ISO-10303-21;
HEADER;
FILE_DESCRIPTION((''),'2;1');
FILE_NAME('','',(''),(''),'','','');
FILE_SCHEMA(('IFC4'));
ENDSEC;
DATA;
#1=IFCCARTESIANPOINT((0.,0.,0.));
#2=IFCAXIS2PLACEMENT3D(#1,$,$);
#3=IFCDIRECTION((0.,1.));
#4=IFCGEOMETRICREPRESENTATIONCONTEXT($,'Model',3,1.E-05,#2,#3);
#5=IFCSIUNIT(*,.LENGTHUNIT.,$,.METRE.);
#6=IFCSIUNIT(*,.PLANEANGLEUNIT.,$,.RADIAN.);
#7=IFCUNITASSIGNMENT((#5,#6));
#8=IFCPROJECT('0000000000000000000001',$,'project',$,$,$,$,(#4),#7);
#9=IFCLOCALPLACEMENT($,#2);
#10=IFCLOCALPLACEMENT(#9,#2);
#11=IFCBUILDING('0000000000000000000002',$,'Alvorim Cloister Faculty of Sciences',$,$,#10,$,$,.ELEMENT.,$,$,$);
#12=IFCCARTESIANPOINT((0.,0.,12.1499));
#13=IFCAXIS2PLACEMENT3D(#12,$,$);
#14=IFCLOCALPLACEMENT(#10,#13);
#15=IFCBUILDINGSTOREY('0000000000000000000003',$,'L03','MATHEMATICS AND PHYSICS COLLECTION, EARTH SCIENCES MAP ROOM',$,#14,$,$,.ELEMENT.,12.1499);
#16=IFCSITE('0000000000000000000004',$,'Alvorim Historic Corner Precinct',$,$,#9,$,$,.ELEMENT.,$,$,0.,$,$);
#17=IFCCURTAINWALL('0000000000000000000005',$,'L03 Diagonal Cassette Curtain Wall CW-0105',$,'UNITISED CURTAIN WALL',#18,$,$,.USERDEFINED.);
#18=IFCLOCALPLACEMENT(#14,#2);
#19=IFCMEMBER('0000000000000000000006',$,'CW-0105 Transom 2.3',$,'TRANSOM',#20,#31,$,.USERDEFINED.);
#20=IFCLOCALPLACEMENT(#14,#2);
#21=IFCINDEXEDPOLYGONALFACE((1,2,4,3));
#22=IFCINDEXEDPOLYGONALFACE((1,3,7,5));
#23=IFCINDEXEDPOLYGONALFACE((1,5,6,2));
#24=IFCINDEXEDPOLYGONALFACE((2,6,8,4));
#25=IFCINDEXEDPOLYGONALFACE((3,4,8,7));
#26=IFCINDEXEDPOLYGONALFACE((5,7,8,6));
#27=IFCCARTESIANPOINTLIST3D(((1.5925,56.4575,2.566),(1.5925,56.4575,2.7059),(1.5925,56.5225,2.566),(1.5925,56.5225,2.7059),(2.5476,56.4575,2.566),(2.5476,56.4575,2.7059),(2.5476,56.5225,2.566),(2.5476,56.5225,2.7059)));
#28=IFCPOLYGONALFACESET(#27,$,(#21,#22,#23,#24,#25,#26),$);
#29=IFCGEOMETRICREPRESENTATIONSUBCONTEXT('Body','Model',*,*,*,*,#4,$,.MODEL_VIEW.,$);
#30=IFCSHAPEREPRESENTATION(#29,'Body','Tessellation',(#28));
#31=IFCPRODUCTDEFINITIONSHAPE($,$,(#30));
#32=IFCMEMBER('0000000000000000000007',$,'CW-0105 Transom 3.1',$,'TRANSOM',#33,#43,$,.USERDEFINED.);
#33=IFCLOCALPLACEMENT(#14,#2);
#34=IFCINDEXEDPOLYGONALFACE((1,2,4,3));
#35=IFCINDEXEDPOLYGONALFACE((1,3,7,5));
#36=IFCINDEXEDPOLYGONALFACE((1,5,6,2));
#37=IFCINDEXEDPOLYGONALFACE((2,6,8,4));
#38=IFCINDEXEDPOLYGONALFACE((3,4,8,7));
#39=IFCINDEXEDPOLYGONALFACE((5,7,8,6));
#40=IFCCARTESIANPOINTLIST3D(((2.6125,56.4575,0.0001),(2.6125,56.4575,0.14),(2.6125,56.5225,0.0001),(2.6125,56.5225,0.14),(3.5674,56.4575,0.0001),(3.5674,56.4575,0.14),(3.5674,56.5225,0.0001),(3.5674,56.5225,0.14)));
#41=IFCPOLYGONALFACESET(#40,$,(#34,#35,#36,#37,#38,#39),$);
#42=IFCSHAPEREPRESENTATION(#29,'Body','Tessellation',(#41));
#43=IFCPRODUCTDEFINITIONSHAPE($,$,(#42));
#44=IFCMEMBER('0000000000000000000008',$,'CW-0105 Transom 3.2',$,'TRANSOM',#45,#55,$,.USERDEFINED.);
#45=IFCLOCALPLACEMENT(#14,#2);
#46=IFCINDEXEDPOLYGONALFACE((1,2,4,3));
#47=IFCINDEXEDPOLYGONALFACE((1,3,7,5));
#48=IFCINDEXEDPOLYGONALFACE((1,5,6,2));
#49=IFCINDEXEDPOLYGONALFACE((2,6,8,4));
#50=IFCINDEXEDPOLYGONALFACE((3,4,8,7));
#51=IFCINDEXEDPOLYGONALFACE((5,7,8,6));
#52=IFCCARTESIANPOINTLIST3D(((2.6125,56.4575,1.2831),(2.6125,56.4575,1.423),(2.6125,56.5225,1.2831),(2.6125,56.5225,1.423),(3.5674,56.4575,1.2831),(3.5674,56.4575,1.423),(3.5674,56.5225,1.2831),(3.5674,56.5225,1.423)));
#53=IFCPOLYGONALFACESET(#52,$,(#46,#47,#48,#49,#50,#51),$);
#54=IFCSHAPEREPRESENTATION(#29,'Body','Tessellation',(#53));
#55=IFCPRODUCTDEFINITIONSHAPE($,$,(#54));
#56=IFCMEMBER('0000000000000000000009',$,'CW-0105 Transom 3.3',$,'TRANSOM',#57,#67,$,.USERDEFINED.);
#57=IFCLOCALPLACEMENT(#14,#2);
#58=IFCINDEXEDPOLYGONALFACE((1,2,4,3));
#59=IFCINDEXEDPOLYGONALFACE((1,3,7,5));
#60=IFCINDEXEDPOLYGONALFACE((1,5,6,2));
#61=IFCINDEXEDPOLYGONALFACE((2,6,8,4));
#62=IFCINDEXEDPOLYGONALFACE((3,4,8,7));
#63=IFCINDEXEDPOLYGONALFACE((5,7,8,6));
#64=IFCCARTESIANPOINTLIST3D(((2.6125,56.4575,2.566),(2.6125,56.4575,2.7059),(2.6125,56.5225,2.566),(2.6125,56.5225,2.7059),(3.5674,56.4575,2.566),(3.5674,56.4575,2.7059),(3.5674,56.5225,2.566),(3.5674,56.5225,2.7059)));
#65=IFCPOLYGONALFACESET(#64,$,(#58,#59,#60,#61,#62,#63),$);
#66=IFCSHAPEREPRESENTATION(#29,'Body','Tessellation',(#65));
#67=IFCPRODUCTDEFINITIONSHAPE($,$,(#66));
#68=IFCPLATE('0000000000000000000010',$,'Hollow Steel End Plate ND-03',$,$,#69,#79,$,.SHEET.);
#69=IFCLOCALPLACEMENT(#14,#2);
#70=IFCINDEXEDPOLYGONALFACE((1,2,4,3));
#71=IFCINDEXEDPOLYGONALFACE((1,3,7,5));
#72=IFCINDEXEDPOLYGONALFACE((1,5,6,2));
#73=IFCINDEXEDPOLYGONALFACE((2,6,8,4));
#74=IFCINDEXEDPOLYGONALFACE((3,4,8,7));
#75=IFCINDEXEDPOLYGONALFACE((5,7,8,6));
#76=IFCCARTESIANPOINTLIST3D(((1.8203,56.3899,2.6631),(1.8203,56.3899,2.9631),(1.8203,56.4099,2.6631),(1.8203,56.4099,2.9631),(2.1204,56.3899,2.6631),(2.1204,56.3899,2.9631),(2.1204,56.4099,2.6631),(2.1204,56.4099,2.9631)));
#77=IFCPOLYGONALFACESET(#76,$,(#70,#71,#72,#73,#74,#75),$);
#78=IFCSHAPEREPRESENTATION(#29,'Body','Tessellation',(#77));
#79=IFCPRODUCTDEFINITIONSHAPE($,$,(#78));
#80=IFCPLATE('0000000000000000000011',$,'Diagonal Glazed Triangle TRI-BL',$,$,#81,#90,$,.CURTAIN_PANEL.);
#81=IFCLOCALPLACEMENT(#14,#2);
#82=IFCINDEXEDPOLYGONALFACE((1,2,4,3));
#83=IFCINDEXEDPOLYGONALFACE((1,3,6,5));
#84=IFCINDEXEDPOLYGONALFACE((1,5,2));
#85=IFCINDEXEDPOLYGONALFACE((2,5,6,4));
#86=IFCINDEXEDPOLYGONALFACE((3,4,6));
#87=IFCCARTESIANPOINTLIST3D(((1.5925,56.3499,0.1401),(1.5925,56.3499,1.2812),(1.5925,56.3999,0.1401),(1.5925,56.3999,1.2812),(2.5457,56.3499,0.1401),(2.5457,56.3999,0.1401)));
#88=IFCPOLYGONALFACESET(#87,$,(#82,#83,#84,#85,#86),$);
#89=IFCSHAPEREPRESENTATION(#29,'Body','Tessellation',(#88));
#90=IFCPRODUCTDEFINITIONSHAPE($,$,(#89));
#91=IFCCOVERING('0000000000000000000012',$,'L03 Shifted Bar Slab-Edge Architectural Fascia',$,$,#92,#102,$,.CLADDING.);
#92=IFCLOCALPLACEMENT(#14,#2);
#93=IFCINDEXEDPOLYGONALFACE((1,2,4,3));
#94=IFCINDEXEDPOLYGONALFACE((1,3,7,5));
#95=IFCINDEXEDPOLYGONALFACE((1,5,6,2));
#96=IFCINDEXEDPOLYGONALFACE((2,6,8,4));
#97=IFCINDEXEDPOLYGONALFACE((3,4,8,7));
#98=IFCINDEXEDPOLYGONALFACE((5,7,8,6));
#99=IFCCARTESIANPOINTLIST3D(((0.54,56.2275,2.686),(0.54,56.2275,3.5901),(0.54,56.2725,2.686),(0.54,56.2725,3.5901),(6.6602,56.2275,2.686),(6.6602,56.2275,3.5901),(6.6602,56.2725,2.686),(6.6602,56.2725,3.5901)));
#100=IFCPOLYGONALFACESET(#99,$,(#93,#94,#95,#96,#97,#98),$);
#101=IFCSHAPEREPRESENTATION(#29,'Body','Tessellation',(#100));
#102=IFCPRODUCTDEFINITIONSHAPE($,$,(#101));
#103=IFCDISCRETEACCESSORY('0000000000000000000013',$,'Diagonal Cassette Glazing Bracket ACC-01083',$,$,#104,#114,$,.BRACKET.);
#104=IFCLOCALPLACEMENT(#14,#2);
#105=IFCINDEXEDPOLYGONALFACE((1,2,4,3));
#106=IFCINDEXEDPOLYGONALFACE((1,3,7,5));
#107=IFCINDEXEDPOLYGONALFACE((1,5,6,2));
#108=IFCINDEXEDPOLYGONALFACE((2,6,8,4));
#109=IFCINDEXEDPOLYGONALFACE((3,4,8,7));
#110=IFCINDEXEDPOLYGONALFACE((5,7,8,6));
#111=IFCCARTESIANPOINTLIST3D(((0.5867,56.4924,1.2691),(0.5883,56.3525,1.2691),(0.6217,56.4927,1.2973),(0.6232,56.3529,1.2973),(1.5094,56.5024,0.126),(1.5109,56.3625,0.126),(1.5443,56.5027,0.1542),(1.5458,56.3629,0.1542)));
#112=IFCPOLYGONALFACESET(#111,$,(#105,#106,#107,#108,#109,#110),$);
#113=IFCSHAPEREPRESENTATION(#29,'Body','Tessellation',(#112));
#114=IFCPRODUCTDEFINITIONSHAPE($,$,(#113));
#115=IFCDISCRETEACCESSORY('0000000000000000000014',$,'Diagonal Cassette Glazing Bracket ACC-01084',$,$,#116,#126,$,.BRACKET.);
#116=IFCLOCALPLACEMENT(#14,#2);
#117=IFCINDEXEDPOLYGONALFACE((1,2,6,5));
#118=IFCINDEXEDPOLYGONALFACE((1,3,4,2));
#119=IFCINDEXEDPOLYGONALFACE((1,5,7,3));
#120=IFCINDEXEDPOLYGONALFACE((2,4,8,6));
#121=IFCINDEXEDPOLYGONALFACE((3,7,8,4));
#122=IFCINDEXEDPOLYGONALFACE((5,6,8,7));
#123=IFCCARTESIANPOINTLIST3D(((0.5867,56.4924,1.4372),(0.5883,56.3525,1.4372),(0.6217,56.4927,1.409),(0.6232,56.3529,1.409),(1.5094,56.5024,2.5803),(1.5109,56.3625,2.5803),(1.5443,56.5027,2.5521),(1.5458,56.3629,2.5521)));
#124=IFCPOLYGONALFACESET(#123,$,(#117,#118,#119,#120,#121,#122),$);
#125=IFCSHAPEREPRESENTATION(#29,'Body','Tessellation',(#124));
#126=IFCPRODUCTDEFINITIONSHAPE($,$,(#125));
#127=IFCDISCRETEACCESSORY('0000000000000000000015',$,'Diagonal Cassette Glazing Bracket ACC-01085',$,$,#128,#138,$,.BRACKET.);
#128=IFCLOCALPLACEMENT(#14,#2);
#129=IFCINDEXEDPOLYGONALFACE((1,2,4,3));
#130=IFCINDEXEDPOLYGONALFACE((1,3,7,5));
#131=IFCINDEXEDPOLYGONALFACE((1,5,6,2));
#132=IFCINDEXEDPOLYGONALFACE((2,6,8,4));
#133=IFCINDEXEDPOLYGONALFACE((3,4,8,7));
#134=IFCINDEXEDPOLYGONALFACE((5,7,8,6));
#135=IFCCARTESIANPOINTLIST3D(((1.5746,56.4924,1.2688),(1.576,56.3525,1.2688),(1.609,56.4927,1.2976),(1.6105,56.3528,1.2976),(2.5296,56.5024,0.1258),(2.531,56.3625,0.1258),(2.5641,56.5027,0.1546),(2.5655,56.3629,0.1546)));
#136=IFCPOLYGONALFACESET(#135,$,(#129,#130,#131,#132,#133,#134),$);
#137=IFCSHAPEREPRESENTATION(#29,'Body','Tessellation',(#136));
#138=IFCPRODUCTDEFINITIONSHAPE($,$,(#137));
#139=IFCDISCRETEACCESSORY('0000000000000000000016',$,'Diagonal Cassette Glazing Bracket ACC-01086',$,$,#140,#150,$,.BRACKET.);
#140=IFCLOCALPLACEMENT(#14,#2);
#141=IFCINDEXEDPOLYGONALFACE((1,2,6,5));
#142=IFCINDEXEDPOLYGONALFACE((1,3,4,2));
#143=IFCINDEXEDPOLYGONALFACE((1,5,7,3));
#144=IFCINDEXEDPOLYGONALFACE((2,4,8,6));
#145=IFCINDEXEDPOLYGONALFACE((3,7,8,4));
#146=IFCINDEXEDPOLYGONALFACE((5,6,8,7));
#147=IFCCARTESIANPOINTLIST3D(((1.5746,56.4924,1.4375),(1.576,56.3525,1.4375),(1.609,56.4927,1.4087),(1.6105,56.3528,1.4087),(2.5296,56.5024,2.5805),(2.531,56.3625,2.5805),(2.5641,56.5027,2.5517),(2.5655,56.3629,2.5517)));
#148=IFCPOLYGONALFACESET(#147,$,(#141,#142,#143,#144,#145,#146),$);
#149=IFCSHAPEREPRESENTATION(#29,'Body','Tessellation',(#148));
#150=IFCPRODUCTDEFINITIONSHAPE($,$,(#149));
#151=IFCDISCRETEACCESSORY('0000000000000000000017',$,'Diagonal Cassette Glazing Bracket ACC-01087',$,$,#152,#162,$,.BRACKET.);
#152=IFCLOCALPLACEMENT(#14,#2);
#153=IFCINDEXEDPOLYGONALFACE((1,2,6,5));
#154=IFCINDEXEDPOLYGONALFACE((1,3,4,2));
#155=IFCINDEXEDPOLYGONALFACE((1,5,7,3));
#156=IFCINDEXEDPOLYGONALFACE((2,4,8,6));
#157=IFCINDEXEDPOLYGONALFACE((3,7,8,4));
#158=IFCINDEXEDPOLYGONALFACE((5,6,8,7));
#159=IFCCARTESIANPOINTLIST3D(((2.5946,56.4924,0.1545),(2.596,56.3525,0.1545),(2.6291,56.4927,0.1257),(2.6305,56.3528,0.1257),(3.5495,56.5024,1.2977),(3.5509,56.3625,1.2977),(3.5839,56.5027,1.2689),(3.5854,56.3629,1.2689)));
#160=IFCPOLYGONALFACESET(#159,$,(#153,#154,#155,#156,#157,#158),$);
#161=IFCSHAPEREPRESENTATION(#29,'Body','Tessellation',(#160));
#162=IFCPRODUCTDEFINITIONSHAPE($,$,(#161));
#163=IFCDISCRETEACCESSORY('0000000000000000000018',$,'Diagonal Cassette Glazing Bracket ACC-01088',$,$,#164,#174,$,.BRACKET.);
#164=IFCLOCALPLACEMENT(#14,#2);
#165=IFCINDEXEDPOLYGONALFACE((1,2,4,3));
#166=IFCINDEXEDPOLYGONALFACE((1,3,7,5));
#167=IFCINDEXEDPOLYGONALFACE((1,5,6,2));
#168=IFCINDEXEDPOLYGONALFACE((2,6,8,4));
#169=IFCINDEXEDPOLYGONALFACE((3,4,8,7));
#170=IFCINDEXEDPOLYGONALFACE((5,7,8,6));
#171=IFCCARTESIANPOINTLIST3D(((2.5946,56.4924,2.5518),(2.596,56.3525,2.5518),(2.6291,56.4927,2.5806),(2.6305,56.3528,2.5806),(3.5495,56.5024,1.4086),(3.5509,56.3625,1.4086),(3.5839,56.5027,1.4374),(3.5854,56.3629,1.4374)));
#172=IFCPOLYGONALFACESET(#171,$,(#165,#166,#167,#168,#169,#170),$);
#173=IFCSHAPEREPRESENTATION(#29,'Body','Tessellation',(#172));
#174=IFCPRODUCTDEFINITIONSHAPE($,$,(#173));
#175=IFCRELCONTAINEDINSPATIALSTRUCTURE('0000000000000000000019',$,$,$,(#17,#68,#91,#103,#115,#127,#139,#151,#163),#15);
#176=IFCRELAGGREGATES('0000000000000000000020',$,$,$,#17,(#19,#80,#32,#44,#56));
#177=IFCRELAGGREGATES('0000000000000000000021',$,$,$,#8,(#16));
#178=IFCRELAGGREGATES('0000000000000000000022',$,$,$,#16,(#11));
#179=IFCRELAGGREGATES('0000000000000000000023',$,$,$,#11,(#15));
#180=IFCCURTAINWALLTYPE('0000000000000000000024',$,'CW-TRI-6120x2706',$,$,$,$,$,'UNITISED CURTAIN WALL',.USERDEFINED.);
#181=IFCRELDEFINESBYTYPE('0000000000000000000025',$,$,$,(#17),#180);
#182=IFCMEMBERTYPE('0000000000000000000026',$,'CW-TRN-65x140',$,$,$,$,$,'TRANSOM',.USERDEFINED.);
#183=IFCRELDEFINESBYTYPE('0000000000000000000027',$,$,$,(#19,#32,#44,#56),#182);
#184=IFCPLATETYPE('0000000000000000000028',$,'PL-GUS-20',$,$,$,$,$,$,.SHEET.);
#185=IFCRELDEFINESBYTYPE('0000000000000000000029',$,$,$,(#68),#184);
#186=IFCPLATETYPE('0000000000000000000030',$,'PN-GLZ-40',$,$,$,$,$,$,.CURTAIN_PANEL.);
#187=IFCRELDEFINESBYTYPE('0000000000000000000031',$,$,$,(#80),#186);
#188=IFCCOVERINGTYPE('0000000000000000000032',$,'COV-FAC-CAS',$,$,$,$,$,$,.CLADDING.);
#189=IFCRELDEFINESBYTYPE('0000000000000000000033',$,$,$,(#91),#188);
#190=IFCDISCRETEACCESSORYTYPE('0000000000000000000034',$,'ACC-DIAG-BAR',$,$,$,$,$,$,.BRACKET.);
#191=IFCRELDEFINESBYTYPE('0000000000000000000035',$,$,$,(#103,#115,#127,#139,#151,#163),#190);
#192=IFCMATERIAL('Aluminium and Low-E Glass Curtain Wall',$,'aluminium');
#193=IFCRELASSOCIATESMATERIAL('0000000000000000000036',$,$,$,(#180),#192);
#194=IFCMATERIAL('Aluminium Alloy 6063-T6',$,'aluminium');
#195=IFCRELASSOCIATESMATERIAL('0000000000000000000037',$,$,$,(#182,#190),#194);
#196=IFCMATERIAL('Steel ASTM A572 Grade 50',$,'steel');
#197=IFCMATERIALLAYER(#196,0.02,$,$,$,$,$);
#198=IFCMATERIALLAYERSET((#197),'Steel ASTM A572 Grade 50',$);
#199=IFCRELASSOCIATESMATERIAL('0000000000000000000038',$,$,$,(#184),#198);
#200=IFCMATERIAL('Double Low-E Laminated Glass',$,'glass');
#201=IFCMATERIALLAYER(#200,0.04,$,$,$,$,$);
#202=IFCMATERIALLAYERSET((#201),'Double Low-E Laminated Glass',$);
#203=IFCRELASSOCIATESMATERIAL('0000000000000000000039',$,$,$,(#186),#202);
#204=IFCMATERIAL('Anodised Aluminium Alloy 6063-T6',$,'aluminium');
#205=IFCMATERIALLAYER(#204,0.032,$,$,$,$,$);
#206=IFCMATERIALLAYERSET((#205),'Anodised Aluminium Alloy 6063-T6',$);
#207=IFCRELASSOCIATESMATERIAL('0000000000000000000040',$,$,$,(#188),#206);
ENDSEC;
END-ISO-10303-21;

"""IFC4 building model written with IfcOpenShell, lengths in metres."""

from ifc_helpers import new_model, si_unit, direction, frame, origin, origin_2d, place, context, subcontext, project, spatial, polyline, rectangle, outline, extrude, material, layer, layer_set, material_profile, profile_set, type_object, element, aggregate, save


model = new_model("IFC4")

# Units and contexts
model_context = context("Model", 3, precision=1e-05, world=origin(), true_north=direction((0.0, 1.0)))
body_context = subcontext(model_context, "Body", "Model", "MODEL_VIEW")
ifc_project = project(units=[si_unit("LENGTHUNIT", "METRE"), si_unit("PLANEANGLEUNIT", "RADIAN")], contexts=[model_context])

# Site, building, storey
site_placement = place(None, origin())
site = spatial("IfcSite", under=ifc_project, at=site_placement, Name="Alvorim Historic Corner Precinct", CompositionType="ELEMENT", RefElevation=0.0)
building_placement = place(site_placement, origin())
building = spatial("IfcBuilding", under=site, at=building_placement, Name="Alvorim Cloister Faculty of Sciences", CompositionType="ELEMENT")
storey_placement = place(building_placement, frame((0.0, 0.0, 12.1499)))
storey = spatial("IfcBuildingStorey", under=building, at=storey_placement, Name="L03", Description="MATHEMATICS AND PHYSICS COLLECTION, EARTH SCIENCES MAP ROOM", CompositionType="ELEMENT", Elevation=12.1499)

# Shared definitions
ifc_material_1 = material(Name="Steel ASTM A572 Grade 50", Category="steel")

# Curtain wall, members
ifc_material_2 = material(Name="Aluminium and Low-E Glass Curtain Wall", Category="aluminium")
curtain_wall_type = type_object("IfcCurtainWallType", Name="CW-TRI-6120x2706", ElementType="UNITISED CURTAIN WALL", PredefinedType="USERDEFINED", material=ifc_material_2)
curtain_wall_placement = place(storey_placement, origin())
curtain_wall = element("IfcCurtainWall", 1, at=curtain_wall_placement, inside=storey, type_object=curtain_wall_type, Name="L03 Diagonal Cassette Curtain Wall CW-0105", ObjectType="UNITISED CURTAIN WALL", PredefinedType="USERDEFINED")
ifc_material_3 = material(Name="Aluminium Alloy 6063-T6", Category="aluminium")
ifc_material_profile_1 = material_profile(ifc_material_3, rectangle(XDim=0.0649, YDim=0.1399, at=origin_2d()), Name="ALU-TRN-65x140")
ifc_profile_set_1 = profile_set([ifc_material_profile_1], Name="Aluminium Alloy 6063-T6")
member_type_1 = type_object("IfcMemberType", Name="CW-TRN-65x140", ElementType="TRANSOM", PredefinedType="USERDEFINED", material=ifc_profile_set_1)
member_1_placement = place(storey_placement, frame((1.5925, 56.49, 2.636), z_axis=(1.0, 0.0, 0.0), x_axis=(0.0, 1.0, 0.0)))
member_1 = element("IfcMember", 2, at=member_1_placement, type_object=member_type_1, Name="CW-0105 Transom 2.3", ObjectType="TRANSOM", PredefinedType="USERDEFINED", context=body_context, shape_type="SweptSolid", body=[
    extrude(rectangle(XDim=0.0649, YDim=0.1399, at=origin_2d()), origin(), (0.0, 0.0, 1.0), 0.9551),
])
member_2_placement = place(storey_placement, frame((2.6125, 56.49, 0.0701), z_axis=(1.0, 0.0, 0.0), x_axis=(0.0, 1.0, 0.0)))
member_2 = element("IfcMember", 3, at=member_2_placement, type_object=member_type_1, Name="CW-0105 Transom 3.1", ObjectType="TRANSOM", PredefinedType="USERDEFINED", context=body_context, shape_type="SweptSolid", body=[
    extrude(rectangle(XDim=0.0649, YDim=0.1399, at=origin_2d()), origin(), (0.0, 0.0, 1.0), 0.9548),
])
member_3_placement = place(storey_placement, frame((2.6125, 56.49, 1.353), z_axis=(1.0, 0.0, 0.0), x_axis=(0.0, 1.0, 0.0)))
member_3 = element("IfcMember", 4, at=member_3_placement, type_object=member_type_1, Name="CW-0105 Transom 3.2", ObjectType="TRANSOM", PredefinedType="USERDEFINED", context=body_context, shape_type="SweptSolid", body=[
    extrude(rectangle(XDim=0.0649, YDim=0.1399, at=origin_2d()), origin(), (0.0, 0.0, 1.0), 0.9548),
])
member_4_placement = place(storey_placement, frame((2.6125, 56.49, 2.636), z_axis=(1.0, 0.0, 0.0), x_axis=(0.0, 1.0, 0.0)))
member_4 = element("IfcMember", 5, at=member_4_placement, type_object=member_type_1, Name="CW-0105 Transom 3.3", ObjectType="TRANSOM", PredefinedType="USERDEFINED", context=body_context, shape_type="SweptSolid", body=[
    extrude(rectangle(XDim=0.0649, YDim=0.1399, at=origin_2d()), origin(), (0.0, 0.0, 1.0), 0.9548),
])

# Plates
ifc_layer_1 = layer(ifc_material_1, 0.02)
ifc_layer_set_1 = layer_set([ifc_layer_1], Name="Steel ASTM A572 Grade 50")
plate_type_1 = type_object("IfcPlateType", Name="PL-GUS-20", PredefinedType="SHEET", material=ifc_layer_set_1)
plate_1_placement = place(storey_placement, frame((2.1204, 56.3999, 2.6631), z_axis=(0.0, 0.0, 1.0), x_axis=(-1.0, 0.0, 0.0)))
element("IfcPlate", 6, at=plate_1_placement, inside=storey, type_object=plate_type_1, Name="Hollow Steel End Plate ND-03", PredefinedType="SHEET", context=body_context, shape_type="SweptSolid", body=[
    extrude(outline(polyline([(0.0, 0.0), (0.3, 0.0), (0.3, 0.3), (0.0, 0.3), (0.0, 0.0)])), frame((0.0, 0.01, 0.0), z_axis=(0.0, -1.0, 0.0), x_axis=(1.0, 0.0, 0.0)), (0.0, 0.0, 1.0), 0.02),
])
ifc_material_4 = material(Name="Double Low-E Laminated Glass", Category="glass")
ifc_layer_2 = layer(ifc_material_4, 0.04)
ifc_layer_set_2 = layer_set([ifc_layer_2], Name="Double Low-E Laminated Glass")
plate_type_2 = type_object("IfcPlateType", Name="PN-GLZ-40", PredefinedType="CURTAIN_PANEL", material=ifc_layer_set_2)
plate_2_placement = place(storey_placement, frame((1.5925, 56.375, 0.1401), z_axis=(0.0, 0.0, 1.0), x_axis=(1.0, 0.0, 0.0)))
plate_2 = element("IfcPlate", 7, at=plate_2_placement, type_object=plate_type_2, Name="Diagonal Glazed Triangle TRI-BL", PredefinedType="CURTAIN_PANEL", context=body_context, shape_type="SweptSolid", body=[
    extrude(outline(polyline([(0.0, 0.0), (0.9531, 0.0), (0.0, 1.1411), (0.0, 0.0)])), frame((0.0, 0.0249, 0.0), z_axis=(0.0, -1.0, 0.0), x_axis=(1.0, 0.0, 0.0)), (0.0, 0.0, 1.0), 0.05),
])
aggregate(curtain_wall, [member_1, plate_2, member_2, member_3, member_4])

# Covering
ifc_material_5 = material(Name="Anodised Aluminium Alloy 6063-T6", Category="aluminium")
ifc_layer_3 = layer(ifc_material_5, 0.032)
ifc_layer_set_3 = layer_set([ifc_layer_3], Name="Anodised Aluminium Alloy 6063-T6")
covering_type = type_object("IfcCoveringType", Name="COV-FAC-CAS", PredefinedType="CLADDING", material=ifc_layer_set_3)
covering_placement = place(storey_placement, frame((0.54, 56.25, 2.686), z_axis=(0.0, 0.0, 1.0), x_axis=(1.0, 0.0, 0.0)))
element("IfcCovering", 8, at=covering_placement, inside=storey, type_object=covering_type, Name="L03 Shifted Bar Slab-Edge Architectural Fascia", PredefinedType="CLADDING", context=body_context, shape_type="SweptSolid", body=[
    extrude(outline(polyline([(0.0, 0.0), (6.1201, 0.0), (6.1201, 0.9041), (0.0, 0.9041), (0.0, 0.0)])), frame((0.0, 0.0225, 0.0), z_axis=(0.0, -1.0, 0.0), x_axis=(1.0, 0.0, 0.0)), (0.0, 0.0, 1.0), 0.0449),
])

# Discrete accessories
discrete_accessory_type = type_object("IfcDiscreteAccessoryType", Name="ACC-DIAG-BAR", PredefinedType="BRACKET", material=ifc_material_3)
for number, where, z_axis, x_axis, name in (
    (9, (0.605, 56.4226, 1.2832), (0.628059, 0.006814, -0.778136), (-0.010849, 0.999941, 0.0), "Diagonal Cassette Glazing Bracket ACC-01083"),
    (10, (0.605, 56.4226, 1.4231), (0.628059, 0.006814, 0.778136), (-0.010849, 0.999941, 0.0), "Diagonal Cassette Glazing Bracket ACC-01084"),
):
    element("IfcDiscreteAccessory", number, at=place(storey_placement, frame(where, z_axis=z_axis, x_axis=x_axis)), inside=storey, type_object=discrete_accessory_type, Name=name, PredefinedType="BRACKET", context=body_context, shape_type="SweptSolid", body=[
        extrude(rectangle(XDim=0.1399, YDim=0.0449, at=origin_2d()), origin(), (0.0, 0.0, 1.0), 1.469),
    ])
for number, where, z_axis, x_axis, name in (
    (11, (1.5925, 56.4226, 1.2832), (0.641169, 0.00672, -0.76737), (-0.01048, 0.999945, 0.0), "Diagonal Cassette Glazing Bracket ACC-01085"),
    (12, (1.5925, 56.4226, 1.4231), (0.641169, 0.00672, 0.76737), (-0.01048, 0.999945, 0.0), "Diagonal Cassette Glazing Bracket ACC-01086"),
    (13, (2.6125, 56.4226, 0.1401), (0.641072, 0.006721, 0.767451), (-0.010483, 0.999945, 0.0), "Diagonal Cassette Glazing Bracket ACC-01087"),
    (14, (2.6125, 56.4226, 2.5662), (0.641072, 0.006721, -0.767451), (-0.010483, 0.999945, 0.0), "Diagonal Cassette Glazing Bracket ACC-01088"),
):
    element("IfcDiscreteAccessory", number, at=place(storey_placement, frame(where, z_axis=z_axis, x_axis=x_axis)), inside=storey, type_object=discrete_accessory_type, Name=name, PredefinedType="BRACKET", context=body_context, shape_type="SweptSolid", body=[
        extrude(rectangle(XDim=0.1399, YDim=0.0449, at=origin_2d()), origin(), (0.0, 0.0, 1.0), 1.4895),
    ])

save(model, "model.ifc")
